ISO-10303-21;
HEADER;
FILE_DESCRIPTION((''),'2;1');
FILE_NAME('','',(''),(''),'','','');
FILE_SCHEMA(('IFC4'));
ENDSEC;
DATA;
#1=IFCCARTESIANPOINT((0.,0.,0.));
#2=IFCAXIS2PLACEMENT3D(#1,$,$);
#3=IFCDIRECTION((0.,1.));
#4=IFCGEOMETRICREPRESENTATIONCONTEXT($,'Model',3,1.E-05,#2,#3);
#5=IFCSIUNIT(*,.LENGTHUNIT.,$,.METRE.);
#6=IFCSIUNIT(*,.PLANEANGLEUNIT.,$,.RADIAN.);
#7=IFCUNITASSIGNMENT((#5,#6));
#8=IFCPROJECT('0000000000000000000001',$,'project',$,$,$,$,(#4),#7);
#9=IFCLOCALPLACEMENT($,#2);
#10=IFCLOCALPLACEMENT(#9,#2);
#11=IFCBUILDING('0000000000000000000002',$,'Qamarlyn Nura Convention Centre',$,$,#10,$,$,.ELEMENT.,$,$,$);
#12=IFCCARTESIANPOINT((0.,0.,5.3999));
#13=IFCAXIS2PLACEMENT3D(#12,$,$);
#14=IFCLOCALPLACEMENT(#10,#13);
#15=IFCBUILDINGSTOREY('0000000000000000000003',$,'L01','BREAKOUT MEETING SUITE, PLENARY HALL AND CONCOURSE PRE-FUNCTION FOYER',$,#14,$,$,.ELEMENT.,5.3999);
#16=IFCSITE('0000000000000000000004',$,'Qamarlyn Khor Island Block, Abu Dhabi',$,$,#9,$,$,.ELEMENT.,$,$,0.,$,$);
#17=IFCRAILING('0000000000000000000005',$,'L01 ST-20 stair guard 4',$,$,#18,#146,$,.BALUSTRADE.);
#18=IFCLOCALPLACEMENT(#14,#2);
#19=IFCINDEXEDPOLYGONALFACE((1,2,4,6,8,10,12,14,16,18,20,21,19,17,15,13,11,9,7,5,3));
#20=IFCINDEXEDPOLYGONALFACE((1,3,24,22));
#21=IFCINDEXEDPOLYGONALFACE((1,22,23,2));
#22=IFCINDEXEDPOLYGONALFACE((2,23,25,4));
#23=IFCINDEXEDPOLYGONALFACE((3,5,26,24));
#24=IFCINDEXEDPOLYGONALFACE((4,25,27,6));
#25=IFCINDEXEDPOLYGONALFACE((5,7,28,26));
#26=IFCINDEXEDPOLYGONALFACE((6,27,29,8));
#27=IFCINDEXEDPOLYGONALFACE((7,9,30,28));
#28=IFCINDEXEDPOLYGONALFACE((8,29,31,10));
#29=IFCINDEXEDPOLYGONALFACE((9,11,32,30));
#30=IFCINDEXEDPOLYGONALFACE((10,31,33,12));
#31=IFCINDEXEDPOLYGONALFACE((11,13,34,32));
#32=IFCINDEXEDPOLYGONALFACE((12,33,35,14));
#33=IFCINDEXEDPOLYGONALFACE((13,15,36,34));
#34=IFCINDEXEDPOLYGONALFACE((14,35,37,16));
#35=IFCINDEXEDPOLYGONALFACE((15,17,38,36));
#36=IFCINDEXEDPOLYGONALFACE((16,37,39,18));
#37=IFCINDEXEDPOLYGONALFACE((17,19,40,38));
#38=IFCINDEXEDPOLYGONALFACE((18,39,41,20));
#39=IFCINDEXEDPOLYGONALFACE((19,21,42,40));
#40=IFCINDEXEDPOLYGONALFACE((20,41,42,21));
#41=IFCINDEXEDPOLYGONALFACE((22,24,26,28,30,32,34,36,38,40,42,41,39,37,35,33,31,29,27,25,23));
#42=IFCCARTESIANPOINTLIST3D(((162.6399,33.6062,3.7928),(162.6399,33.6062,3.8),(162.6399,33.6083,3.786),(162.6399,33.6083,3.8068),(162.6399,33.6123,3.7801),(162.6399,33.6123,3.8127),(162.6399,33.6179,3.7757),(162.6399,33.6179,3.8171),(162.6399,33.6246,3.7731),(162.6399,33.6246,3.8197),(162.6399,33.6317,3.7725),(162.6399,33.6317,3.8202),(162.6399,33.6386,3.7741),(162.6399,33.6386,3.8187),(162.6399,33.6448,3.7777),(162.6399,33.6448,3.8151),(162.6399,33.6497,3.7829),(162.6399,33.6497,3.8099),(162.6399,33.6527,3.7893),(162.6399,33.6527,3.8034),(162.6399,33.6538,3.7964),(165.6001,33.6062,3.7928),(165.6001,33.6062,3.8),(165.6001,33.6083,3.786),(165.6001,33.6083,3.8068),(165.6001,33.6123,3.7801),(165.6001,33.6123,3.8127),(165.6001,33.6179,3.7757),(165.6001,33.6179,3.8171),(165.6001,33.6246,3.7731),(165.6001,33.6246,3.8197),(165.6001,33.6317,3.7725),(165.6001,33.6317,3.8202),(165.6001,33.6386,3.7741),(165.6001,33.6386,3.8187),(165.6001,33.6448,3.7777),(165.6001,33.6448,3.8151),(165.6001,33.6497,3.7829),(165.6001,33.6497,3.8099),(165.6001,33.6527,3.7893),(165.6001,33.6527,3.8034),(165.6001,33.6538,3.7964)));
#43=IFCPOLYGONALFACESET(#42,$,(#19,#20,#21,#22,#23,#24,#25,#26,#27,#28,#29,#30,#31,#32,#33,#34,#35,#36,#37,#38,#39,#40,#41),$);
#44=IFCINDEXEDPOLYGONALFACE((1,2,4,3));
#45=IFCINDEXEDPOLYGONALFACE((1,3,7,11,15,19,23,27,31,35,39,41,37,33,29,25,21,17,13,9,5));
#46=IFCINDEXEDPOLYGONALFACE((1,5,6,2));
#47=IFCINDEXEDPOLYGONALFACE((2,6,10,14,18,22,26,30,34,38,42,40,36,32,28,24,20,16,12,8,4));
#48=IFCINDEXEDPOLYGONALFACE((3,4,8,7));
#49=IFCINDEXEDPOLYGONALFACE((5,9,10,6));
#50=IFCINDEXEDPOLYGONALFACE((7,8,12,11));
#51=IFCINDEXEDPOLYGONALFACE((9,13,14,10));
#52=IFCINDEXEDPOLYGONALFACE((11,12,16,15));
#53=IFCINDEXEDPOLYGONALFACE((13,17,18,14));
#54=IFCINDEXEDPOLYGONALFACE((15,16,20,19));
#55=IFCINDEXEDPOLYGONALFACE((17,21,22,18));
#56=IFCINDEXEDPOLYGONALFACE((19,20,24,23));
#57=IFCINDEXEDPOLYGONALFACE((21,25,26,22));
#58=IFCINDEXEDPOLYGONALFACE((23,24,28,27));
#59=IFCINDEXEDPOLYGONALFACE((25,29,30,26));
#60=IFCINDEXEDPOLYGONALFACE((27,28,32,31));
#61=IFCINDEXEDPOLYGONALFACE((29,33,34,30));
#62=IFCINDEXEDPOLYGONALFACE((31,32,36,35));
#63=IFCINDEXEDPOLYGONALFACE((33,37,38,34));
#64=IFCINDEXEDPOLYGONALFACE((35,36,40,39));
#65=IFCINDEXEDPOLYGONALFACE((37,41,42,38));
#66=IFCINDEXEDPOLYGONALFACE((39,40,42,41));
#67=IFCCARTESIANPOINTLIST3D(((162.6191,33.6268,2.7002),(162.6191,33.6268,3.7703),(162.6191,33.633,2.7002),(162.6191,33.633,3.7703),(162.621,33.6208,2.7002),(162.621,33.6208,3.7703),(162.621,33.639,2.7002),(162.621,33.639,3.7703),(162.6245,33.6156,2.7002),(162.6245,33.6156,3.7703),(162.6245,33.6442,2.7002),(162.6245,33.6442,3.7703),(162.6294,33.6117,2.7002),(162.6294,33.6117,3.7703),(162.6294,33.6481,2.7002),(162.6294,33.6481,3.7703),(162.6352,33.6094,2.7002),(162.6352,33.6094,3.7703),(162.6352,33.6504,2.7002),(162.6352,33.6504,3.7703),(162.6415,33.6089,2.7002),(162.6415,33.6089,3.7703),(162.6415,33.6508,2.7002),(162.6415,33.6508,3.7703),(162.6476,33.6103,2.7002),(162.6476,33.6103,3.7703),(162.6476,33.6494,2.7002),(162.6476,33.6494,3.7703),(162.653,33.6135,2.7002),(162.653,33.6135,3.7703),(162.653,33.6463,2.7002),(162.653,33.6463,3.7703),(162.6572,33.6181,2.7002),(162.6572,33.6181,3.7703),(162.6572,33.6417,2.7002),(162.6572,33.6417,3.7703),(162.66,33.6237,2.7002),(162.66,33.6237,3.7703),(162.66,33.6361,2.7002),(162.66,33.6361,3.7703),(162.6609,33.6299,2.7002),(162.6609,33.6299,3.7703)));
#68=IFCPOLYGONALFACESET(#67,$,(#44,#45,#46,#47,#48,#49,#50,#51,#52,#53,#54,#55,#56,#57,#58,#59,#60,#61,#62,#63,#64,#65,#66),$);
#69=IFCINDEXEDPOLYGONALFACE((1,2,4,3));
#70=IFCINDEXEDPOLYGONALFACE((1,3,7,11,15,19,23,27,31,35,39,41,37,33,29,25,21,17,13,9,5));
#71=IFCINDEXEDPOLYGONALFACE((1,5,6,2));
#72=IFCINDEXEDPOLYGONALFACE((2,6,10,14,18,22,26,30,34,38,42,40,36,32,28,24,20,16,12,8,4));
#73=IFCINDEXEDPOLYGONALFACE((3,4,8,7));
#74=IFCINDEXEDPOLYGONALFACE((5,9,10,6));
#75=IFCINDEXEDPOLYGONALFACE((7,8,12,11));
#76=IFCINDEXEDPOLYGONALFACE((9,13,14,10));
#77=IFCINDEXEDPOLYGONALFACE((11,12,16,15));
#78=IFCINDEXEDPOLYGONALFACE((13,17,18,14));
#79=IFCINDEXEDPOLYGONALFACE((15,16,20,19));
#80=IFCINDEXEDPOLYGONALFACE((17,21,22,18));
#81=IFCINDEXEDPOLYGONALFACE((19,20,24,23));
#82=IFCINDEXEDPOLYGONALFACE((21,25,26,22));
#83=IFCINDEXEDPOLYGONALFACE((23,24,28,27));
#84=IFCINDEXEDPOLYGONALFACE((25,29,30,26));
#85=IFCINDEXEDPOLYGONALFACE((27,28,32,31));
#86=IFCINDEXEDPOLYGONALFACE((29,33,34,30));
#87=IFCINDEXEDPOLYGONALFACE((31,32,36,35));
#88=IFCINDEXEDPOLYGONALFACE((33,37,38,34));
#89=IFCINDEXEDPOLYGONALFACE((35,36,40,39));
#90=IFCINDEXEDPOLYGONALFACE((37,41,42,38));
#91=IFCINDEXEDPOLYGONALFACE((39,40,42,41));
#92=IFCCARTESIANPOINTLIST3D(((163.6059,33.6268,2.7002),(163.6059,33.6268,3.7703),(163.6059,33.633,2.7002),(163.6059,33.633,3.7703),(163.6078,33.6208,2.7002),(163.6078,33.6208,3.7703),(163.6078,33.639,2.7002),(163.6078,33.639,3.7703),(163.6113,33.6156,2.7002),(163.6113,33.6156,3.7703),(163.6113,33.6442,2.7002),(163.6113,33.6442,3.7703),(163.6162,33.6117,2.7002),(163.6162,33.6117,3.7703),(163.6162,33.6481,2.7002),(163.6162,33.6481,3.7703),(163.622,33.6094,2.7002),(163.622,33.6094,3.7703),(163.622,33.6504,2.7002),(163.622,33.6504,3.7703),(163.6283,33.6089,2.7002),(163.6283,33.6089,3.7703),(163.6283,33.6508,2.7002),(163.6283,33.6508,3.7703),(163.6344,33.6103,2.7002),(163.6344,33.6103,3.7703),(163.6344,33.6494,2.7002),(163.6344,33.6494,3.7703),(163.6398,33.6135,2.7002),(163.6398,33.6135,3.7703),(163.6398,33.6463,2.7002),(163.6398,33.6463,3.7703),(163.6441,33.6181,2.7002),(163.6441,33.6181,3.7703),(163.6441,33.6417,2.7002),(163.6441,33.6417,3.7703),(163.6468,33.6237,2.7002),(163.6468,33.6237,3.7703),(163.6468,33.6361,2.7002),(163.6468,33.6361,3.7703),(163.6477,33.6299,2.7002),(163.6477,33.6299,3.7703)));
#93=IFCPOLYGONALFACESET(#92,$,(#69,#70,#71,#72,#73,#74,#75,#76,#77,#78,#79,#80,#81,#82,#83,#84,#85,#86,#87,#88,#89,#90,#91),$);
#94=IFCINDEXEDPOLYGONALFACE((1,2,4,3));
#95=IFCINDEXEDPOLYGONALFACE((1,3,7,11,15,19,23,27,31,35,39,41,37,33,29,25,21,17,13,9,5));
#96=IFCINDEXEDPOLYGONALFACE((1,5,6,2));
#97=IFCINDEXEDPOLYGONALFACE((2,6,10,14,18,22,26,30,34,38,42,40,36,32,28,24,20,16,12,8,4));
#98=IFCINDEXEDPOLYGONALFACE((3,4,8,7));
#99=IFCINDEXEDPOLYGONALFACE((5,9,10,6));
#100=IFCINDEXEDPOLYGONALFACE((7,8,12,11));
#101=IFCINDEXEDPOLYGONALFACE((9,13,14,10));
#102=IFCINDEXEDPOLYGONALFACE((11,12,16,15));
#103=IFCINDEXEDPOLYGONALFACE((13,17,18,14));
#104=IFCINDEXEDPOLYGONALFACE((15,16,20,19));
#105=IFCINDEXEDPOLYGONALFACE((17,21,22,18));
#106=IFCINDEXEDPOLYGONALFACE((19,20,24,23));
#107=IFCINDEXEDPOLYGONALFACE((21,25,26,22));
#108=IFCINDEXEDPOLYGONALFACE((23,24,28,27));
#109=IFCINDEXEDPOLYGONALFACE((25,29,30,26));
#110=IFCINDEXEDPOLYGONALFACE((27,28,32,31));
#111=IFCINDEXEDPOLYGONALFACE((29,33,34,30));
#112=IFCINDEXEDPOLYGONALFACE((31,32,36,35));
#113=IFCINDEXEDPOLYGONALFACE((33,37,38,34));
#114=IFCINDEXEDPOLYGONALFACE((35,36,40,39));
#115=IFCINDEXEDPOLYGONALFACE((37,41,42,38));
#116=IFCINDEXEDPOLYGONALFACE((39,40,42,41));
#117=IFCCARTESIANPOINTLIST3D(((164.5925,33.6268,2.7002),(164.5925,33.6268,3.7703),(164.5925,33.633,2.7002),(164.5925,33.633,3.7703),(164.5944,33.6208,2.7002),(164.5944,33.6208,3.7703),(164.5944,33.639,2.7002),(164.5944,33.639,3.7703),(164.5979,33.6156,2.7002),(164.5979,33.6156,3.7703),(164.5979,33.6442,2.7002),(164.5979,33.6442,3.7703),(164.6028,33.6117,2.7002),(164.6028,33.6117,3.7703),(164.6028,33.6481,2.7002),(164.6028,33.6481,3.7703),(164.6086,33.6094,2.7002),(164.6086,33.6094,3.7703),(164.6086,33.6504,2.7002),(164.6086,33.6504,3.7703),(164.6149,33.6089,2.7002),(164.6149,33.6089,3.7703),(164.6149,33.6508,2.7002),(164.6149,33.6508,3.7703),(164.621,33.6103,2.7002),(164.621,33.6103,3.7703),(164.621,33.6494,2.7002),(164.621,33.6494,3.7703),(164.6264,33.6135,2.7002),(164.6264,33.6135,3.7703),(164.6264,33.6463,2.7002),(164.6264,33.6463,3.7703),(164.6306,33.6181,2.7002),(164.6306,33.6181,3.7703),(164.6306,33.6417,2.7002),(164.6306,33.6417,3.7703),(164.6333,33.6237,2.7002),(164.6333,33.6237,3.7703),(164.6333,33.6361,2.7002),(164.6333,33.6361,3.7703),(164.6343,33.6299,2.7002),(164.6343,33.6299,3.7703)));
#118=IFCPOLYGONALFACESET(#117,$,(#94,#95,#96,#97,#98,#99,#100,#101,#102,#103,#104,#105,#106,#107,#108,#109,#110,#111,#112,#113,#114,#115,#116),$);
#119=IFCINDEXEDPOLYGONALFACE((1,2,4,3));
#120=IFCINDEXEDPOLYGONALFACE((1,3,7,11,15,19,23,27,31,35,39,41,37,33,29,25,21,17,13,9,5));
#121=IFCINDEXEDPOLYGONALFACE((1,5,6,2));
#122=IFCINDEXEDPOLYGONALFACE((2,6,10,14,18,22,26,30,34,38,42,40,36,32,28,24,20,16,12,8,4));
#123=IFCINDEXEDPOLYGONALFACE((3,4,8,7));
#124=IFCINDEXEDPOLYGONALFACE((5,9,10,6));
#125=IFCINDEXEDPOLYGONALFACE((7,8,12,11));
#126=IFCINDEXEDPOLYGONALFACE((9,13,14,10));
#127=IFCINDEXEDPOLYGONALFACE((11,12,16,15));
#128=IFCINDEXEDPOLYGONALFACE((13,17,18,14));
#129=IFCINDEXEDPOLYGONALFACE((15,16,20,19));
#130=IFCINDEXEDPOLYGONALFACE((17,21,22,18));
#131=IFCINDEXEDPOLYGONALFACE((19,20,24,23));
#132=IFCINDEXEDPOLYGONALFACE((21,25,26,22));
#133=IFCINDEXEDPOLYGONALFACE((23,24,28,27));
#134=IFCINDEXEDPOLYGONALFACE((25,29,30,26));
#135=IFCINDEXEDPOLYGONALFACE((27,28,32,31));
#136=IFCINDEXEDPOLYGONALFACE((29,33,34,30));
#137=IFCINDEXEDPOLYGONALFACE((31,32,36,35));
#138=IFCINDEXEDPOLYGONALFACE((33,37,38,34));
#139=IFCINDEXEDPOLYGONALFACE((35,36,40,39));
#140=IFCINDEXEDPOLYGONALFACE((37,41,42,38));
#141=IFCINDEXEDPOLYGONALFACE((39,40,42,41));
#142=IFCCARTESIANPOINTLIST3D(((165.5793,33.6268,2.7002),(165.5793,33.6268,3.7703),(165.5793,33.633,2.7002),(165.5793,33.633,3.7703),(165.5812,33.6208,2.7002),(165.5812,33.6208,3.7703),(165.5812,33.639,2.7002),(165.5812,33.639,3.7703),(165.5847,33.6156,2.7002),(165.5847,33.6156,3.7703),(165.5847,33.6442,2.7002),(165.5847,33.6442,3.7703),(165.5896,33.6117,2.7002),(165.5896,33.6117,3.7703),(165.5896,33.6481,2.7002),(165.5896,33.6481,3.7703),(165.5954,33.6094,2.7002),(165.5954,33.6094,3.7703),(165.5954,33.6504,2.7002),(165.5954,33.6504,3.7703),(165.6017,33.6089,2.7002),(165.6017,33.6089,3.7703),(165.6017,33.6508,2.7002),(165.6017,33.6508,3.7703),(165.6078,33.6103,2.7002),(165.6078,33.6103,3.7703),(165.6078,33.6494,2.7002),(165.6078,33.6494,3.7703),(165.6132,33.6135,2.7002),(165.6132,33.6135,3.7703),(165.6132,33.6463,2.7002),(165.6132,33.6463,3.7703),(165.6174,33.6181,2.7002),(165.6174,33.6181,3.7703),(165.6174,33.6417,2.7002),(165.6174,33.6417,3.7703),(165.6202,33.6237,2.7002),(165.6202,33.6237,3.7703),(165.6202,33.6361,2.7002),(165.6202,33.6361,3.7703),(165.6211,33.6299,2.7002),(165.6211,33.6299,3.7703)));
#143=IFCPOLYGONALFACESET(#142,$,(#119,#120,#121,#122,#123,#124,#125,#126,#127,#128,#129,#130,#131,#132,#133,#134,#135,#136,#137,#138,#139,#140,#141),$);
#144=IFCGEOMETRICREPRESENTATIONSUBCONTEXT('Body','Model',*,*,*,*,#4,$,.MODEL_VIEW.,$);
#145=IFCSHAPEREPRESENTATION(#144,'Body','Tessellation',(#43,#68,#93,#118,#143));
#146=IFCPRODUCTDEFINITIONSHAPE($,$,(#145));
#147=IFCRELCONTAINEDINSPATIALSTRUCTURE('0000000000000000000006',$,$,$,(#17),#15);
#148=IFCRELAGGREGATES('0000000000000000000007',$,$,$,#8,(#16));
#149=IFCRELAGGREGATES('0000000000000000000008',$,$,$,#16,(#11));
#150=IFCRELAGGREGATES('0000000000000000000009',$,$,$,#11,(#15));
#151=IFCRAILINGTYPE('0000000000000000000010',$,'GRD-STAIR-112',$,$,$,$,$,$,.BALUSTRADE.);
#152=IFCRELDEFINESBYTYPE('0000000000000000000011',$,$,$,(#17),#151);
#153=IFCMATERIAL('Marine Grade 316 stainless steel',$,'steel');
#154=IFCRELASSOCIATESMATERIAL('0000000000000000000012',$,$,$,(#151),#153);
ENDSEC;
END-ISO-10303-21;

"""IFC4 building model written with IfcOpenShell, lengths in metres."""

from ifc_helpers import new_model, si_unit, direction, frame, origin, origin_2d, place, context, subcontext, project, spatial, circle, extrude, material, type_object, element, save


model = new_model("IFC4")

# Units and contexts
model_context = context("Model", 3, precision=1e-05, world=origin(), true_north=direction((0.0, 1.0)))
body_context = subcontext(model_context, "Body", "Model", "MODEL_VIEW")
ifc_project = project(units=[si_unit("LENGTHUNIT", "METRE"), si_unit("PLANEANGLEUNIT", "RADIAN")], contexts=[model_context])

# Site, building, storey
site_placement = place(None, origin())
site = spatial("IfcSite", under=ifc_project, at=site_placement, Name="Qamarlyn Khor Island Block, Abu Dhabi", CompositionType="ELEMENT", RefElevation=0.0)
building_placement = place(site_placement, origin())
building = spatial("IfcBuilding", under=site, at=building_placement, Name="Qamarlyn Nura Convention Centre", CompositionType="ELEMENT")
storey_placement = place(building_placement, frame((0.0, 0.0, 5.3999)))
storey = spatial("IfcBuildingStorey", under=building, at=storey_placement, Name="L01", Description="BREAKOUT MEETING SUITE, PLENARY HALL AND CONCOURSE PRE-FUNCTION FOYER", CompositionType="ELEMENT", Elevation=5.3999)

# Railing
ifc_material_1 = material(Name="Marine Grade 316 stainless steel", Category="steel")
railing_type_1 = type_object("IfcRailingType", Name="GRD-STAIR-112", PredefinedType="BALUSTRADE", material=ifc_material_1)
for number, where, name in (
    (1, (162.6399, 33.6299, 2.7002), "L01 ST-20 stair guard 4"),
):
    element("IfcRailing", number, at=place(storey_placement, frame(where)), inside=storey, type_object=railing_type_1, Name=name, PredefinedType="BALUSTRADE", context=body_context, shape_type="SweptSolid", body=[
        extrude(circle(Radius=0.0239, at=origin_2d()), frame((0.0, 0.0, 1.0962), z_axis=(1.0, 0.0, 0.0), x_axis=(0.0, 1.0, 0.0)), (0.0, 0.0, 1.0), 2.9602),
        extrude(circle(Radius=0.021, at=origin_2d()), origin(), (0.0, 0.0, 1.0), 1.0701),
        extrude(circle(Radius=0.021, at=origin_2d()), frame((0.9868, 0.0, 0.0)), (0.0, 0.0, 1.0), 1.0701),
        extrude(circle(Radius=0.021, at=origin_2d()), frame((1.9734, 0.0, 0.0)), (0.0, 0.0, 1.0), 1.0701),
        extrude(circle(Radius=0.021, at=origin_2d()), frame((2.9602, 0.0, 0.0)), (0.0, 0.0, 1.0), 1.0701),
    ])

save(model, "model.ifc")
